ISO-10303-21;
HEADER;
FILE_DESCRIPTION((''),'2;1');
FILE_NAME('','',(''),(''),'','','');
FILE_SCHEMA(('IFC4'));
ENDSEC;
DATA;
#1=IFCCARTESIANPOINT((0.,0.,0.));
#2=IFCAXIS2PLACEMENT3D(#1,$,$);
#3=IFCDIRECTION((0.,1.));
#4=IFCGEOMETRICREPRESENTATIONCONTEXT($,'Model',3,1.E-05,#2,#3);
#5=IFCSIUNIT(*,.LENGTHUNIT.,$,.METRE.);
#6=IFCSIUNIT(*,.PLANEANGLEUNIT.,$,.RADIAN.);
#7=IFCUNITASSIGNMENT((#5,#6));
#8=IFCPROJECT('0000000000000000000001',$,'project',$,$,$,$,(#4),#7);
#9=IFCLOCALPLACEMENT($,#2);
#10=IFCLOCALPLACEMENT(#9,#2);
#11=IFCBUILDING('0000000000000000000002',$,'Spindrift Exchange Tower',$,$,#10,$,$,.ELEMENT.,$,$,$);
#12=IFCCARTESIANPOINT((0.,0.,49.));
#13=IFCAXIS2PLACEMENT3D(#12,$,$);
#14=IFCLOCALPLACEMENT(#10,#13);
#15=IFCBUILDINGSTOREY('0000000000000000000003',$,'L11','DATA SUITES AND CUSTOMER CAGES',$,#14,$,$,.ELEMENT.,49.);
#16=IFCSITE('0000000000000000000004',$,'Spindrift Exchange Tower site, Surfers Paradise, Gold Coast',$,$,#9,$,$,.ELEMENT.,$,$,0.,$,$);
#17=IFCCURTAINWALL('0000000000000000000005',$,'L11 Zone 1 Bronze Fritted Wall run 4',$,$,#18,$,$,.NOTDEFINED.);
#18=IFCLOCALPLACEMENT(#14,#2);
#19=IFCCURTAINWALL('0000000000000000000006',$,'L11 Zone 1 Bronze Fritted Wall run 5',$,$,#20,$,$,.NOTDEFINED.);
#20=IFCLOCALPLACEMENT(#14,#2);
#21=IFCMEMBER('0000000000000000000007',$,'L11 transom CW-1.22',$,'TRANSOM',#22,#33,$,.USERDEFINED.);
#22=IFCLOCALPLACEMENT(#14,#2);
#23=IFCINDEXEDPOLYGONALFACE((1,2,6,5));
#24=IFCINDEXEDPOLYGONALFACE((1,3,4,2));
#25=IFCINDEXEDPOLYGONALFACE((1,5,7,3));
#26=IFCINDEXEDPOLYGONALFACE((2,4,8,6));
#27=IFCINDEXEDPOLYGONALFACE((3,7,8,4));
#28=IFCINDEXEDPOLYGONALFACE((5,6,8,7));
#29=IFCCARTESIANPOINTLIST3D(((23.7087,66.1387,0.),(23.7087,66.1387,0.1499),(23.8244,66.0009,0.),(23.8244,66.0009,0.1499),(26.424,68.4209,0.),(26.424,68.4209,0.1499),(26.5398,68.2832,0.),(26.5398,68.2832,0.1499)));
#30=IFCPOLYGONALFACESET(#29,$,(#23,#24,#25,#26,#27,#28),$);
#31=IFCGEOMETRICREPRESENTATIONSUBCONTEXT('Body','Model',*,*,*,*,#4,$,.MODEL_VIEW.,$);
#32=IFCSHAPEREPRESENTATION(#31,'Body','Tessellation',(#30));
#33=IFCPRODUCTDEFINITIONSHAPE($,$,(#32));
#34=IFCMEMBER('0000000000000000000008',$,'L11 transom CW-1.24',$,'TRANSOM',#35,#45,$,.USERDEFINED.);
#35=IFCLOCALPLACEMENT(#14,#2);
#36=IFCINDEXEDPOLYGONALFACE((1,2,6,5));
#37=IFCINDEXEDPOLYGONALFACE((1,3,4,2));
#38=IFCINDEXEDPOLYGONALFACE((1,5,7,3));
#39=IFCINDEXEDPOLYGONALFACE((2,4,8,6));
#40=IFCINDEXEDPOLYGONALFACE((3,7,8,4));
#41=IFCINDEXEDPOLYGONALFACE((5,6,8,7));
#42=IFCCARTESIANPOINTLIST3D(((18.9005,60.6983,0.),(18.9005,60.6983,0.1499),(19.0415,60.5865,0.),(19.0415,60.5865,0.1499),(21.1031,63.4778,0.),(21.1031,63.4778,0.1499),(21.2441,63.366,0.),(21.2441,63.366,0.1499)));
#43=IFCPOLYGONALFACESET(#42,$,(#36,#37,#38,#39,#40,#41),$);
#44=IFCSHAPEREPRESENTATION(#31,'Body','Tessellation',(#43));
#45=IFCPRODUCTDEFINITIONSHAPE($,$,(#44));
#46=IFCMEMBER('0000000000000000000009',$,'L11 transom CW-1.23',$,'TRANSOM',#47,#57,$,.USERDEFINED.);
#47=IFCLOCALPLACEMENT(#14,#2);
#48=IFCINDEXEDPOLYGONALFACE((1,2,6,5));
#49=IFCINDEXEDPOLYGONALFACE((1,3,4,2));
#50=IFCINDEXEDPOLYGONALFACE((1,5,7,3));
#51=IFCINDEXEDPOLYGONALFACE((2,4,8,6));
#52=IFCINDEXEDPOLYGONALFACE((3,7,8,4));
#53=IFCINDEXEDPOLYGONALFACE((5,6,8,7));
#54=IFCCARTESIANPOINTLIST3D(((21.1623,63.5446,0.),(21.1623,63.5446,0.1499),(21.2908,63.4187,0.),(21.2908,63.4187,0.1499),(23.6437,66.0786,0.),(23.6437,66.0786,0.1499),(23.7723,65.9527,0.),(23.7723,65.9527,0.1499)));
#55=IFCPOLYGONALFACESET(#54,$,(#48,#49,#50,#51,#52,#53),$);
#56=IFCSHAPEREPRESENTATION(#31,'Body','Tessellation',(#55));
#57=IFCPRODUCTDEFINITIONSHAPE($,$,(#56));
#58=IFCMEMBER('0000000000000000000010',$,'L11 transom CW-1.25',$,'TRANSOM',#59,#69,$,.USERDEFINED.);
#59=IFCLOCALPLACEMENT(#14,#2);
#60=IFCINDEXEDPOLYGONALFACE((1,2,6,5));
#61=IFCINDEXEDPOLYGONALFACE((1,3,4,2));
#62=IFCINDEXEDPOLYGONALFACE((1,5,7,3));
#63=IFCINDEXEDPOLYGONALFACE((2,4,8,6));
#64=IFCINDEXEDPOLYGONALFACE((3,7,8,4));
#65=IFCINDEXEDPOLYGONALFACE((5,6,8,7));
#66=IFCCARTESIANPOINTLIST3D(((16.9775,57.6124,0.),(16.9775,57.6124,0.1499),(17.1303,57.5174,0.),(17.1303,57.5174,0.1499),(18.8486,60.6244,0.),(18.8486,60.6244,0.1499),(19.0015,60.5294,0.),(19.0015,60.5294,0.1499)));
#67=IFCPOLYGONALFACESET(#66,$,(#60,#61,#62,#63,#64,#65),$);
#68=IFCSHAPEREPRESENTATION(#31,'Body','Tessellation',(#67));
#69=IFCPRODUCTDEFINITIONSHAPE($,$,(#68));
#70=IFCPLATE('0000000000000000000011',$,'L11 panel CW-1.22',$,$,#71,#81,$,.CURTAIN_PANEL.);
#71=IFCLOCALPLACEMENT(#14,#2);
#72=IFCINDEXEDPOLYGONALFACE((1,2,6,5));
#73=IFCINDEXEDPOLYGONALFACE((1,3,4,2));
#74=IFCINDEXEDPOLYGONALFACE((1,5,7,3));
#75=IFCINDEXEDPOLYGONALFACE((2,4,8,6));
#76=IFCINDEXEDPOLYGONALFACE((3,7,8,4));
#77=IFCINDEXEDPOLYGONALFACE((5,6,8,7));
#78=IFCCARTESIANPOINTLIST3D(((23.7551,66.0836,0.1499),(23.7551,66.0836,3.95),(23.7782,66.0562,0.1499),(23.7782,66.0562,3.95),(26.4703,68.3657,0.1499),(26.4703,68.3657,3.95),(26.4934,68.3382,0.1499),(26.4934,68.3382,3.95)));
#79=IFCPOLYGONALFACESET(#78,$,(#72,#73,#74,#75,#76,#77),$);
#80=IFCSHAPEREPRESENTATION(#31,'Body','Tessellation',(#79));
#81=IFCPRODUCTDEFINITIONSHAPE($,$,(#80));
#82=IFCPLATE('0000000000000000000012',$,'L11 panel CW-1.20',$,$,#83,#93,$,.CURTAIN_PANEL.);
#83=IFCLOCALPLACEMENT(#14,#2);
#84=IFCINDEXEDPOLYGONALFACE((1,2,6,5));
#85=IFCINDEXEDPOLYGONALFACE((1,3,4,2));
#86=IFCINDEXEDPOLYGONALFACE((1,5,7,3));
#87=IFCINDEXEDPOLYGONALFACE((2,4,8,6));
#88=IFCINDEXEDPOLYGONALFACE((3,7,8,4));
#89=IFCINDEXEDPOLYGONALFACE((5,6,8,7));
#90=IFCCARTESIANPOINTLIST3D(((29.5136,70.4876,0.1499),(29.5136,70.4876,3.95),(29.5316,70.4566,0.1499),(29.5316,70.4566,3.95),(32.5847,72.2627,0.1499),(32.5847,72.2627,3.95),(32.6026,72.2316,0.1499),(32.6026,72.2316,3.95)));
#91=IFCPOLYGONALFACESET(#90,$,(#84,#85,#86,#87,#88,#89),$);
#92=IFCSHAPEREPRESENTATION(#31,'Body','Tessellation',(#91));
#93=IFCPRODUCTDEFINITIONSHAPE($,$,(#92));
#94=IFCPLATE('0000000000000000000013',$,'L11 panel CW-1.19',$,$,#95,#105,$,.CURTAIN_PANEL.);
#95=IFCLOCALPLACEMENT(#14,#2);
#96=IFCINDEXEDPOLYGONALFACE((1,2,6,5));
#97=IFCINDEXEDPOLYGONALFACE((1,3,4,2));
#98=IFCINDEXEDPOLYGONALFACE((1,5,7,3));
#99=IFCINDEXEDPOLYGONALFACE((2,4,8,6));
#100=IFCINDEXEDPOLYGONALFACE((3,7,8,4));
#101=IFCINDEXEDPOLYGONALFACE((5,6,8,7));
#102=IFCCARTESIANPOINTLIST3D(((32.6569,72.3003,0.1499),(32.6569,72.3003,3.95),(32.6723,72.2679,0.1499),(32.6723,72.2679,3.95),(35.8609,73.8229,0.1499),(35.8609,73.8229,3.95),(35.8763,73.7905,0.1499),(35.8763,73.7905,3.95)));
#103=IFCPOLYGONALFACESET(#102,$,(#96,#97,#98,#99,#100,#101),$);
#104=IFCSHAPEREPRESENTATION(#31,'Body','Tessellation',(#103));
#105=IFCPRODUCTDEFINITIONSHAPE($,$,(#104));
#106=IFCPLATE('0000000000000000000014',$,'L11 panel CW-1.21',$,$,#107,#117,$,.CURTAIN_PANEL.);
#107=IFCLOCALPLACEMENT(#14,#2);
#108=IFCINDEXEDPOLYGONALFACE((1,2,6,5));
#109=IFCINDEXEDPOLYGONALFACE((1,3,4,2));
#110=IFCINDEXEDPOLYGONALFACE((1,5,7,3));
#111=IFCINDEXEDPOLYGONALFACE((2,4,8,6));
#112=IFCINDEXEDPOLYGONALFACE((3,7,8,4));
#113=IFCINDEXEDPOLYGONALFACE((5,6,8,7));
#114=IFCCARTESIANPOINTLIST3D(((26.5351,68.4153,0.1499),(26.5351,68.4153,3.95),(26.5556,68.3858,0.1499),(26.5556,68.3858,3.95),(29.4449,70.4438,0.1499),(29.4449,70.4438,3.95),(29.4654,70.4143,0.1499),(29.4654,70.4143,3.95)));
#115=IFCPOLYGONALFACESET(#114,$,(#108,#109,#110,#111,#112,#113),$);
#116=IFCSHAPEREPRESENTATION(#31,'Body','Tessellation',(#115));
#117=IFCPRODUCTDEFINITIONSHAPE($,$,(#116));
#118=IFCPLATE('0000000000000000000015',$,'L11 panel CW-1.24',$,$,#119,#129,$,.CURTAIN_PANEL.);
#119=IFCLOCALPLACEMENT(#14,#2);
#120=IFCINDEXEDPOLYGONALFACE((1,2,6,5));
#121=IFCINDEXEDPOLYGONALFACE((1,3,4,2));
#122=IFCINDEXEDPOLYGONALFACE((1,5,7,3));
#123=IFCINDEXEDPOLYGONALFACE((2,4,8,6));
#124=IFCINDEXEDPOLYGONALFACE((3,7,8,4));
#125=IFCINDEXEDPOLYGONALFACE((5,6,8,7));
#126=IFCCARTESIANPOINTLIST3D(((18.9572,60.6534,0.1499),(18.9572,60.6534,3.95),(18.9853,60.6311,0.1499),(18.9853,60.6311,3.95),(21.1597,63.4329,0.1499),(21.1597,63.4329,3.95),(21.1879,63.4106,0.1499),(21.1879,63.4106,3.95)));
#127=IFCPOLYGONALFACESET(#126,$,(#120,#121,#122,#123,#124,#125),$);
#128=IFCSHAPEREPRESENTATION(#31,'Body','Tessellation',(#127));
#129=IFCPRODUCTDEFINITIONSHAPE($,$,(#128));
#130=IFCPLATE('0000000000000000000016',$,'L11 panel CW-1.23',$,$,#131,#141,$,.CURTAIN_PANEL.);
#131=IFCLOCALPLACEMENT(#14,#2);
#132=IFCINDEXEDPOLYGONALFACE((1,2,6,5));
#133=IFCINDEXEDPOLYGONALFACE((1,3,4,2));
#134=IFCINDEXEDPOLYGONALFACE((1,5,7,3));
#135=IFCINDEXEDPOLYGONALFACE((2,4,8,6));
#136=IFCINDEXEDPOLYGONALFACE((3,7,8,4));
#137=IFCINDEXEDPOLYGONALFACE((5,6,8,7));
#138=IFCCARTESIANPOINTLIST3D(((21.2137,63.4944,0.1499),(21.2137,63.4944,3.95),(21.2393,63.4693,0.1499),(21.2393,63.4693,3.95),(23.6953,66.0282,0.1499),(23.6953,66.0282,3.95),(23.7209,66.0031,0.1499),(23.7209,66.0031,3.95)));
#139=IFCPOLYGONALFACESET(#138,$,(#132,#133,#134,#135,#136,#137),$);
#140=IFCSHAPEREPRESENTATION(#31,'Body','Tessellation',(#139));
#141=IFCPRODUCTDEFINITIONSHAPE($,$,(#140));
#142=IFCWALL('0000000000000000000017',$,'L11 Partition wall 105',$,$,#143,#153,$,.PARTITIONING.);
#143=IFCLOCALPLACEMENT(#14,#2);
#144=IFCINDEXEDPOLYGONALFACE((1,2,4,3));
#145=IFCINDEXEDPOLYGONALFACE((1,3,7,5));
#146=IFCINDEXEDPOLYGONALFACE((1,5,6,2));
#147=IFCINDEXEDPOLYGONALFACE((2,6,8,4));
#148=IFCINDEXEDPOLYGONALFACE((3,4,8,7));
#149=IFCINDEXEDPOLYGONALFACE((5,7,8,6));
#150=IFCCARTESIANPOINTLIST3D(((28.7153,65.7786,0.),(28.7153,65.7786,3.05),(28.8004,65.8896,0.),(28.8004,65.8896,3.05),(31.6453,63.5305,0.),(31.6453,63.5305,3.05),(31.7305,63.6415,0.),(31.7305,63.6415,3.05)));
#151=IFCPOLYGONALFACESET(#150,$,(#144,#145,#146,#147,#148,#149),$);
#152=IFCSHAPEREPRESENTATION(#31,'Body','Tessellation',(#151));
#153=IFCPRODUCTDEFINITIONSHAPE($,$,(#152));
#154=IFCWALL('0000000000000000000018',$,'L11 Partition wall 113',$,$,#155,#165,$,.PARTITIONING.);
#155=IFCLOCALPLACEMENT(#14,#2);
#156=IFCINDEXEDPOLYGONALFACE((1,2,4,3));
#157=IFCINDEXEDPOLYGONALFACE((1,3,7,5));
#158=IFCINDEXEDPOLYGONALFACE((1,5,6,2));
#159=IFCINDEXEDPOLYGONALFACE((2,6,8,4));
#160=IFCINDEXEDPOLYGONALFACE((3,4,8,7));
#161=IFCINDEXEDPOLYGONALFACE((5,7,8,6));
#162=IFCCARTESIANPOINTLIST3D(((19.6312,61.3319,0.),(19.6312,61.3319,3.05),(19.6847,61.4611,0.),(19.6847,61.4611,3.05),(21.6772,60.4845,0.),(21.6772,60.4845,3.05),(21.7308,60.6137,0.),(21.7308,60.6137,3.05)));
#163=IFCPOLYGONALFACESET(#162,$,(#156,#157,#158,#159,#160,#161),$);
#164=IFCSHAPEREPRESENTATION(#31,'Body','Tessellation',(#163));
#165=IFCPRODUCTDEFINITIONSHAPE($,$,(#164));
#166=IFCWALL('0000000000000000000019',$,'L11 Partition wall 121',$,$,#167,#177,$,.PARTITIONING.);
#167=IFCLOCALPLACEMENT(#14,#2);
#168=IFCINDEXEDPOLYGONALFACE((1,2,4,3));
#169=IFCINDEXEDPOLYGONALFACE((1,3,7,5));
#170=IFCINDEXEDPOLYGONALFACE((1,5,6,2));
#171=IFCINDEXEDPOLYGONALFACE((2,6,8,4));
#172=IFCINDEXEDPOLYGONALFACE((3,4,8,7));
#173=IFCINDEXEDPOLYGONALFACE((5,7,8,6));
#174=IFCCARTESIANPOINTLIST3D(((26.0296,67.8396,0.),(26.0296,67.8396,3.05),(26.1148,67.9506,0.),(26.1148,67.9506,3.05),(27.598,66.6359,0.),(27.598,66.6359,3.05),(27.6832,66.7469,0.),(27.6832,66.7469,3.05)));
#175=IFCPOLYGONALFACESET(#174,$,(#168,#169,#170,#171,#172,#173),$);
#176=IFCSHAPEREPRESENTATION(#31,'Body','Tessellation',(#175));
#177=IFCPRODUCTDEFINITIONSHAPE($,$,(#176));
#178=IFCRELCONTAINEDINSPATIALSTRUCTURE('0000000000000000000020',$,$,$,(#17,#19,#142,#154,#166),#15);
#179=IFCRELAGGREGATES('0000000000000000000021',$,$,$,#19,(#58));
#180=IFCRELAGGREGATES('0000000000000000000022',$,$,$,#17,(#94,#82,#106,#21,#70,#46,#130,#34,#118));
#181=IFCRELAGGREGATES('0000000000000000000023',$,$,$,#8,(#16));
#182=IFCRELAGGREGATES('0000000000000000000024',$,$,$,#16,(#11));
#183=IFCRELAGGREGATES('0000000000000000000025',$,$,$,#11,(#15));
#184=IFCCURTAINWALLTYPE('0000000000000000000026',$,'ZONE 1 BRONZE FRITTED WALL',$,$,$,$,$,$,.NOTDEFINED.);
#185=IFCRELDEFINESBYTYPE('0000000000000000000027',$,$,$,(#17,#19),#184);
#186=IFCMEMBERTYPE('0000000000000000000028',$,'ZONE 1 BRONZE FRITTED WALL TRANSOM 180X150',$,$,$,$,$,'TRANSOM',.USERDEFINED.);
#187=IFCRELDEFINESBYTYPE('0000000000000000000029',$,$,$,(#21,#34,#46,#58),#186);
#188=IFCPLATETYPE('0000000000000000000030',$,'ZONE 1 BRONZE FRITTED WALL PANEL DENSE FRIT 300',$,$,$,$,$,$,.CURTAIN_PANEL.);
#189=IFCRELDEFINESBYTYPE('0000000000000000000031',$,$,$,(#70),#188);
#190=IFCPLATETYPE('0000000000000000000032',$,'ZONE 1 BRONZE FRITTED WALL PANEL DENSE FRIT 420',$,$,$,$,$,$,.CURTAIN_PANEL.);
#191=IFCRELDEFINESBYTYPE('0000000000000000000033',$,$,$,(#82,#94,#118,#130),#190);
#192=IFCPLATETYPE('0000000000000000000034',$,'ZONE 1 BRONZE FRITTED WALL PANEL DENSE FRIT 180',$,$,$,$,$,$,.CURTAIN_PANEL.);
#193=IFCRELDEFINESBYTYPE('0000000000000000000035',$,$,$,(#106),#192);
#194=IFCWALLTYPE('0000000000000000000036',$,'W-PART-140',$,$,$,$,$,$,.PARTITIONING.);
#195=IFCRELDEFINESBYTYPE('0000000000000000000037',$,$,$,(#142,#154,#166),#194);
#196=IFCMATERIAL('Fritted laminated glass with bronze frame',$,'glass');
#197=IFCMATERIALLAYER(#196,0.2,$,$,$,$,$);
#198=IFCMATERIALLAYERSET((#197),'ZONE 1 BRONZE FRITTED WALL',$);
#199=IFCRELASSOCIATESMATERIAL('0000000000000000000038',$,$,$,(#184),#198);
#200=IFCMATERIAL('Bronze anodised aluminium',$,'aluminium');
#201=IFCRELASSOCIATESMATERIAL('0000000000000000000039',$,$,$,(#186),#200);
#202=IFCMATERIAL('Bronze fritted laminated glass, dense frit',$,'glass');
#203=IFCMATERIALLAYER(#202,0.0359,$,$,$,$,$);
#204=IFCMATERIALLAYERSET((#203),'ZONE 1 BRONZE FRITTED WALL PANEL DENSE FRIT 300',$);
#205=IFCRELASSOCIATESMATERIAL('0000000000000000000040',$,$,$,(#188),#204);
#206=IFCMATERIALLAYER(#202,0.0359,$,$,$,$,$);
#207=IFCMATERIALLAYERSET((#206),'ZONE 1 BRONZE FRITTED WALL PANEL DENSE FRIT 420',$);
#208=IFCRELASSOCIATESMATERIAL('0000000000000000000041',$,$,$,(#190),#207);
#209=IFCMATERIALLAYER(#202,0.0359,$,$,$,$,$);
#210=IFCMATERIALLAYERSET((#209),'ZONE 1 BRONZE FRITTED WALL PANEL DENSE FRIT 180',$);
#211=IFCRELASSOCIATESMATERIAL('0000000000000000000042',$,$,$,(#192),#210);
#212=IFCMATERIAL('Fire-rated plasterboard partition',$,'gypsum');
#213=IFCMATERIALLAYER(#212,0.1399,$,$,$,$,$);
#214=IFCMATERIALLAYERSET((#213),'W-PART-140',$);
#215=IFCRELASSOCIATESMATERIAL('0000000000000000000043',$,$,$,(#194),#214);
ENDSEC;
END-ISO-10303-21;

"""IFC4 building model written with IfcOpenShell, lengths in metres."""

from ifc_helpers import new_model, si_unit, direction, frame, frame_2d, origin, origin_2d, place, context, subcontext, project, spatial, rectangle, extrude, source, transform, mapped, material, layer, layer_set, material_profile, profile_set, type_object, element, aggregate, save


model = new_model("IFC4")

# Units and contexts
model_context = context("Model", 3, precision=1e-05, world=origin(), true_north=direction((0.0, 1.0)))
body_context = subcontext(model_context, "Body", "Model", "MODEL_VIEW")
ifc_project = project(units=[si_unit("LENGTHUNIT", "METRE"), si_unit("PLANEANGLEUNIT", "RADIAN")], contexts=[model_context])

# Site, building, storey
site_placement = place(None, origin())
site = spatial("IfcSite", under=ifc_project, at=site_placement, Name="Spindrift Exchange Tower site, Surfers Paradise, Gold Coast", CompositionType="ELEMENT", RefElevation=0.0)
building_placement = place(site_placement, origin())
building = spatial("IfcBuilding", under=site, at=building_placement, Name="Spindrift Exchange Tower", CompositionType="ELEMENT")
storey_placement = place(building_placement, frame((0.0, 0.0, 49.0)))
storey = spatial("IfcBuildingStorey", under=building, at=storey_placement, Name="L11", Description="DATA SUITES AND CUSTOMER CAGES", CompositionType="ELEMENT", Elevation=49.0)

# Curtain wall
ifc_material_1 = material(Name="Fritted laminated glass with bronze frame", Category="glass")
ifc_layer_1 = layer(ifc_material_1, 0.2)
ifc_layer_set_1 = layer_set([ifc_layer_1], Name="ZONE 1 BRONZE FRITTED WALL")
curtain_wall_type = type_object("IfcCurtainWallType", Name="ZONE 1 BRONZE FRITTED WALL", PredefinedType="NOTDEFINED", material=ifc_layer_set_1)
curtain_wall_1_placement = place(storey_placement, origin())
curtain_wall_1 = element("IfcCurtainWall", 1, at=curtain_wall_1_placement, inside=storey, type_object=curtain_wall_type, Name="L11 Zone 1 Bronze Fritted Wall run 4", PredefinedType="NOTDEFINED")
ifc_material_2 = material(Name="Bronze anodised aluminium", Category="aluminium")

# Curtain wall
curtain_wall_2_placement = place(storey_placement, origin())
curtain_wall_2 = element("IfcCurtainWall", 2, at=curtain_wall_2_placement, inside=storey, type_object=curtain_wall_type, Name="L11 Zone 1 Bronze Fritted Wall run 5", PredefinedType="NOTDEFINED")

# Members
ifc_material_profile_1 = material_profile(ifc_material_2, rectangle(XDim=0.1799, YDim=0.1499, at=origin_2d()), Name="ZONE 1 BRONZE FRITTED WALL TRANSOM 180X150")
ifc_profile_set_1 = profile_set([ifc_material_profile_1], Name="Bronze anodised aluminium")
member_type_1 = type_object("IfcMemberType", Name="ZONE 1 BRONZE FRITTED WALL TRANSOM 180X150", ElementType="TRANSOM", PredefinedType="USERDEFINED", material=ifc_profile_set_1)
shared_shape_1 = source(origin(), body_context, "Body", "SweptSolid", [
    extrude(rectangle(XDim=0.1799, YDim=0.1499, at=origin_2d()), origin(), (0.0, 0.0, 1.0), 3.5471),
])
member_1_placement = place(storey_placement, frame((26.4819, 68.3521, 0.075), z_axis=(-0.765518, -0.643415, 0.0), x_axis=(0.643415, -0.765518, 0.0)))
member_1 = element("IfcMember", 3, at=member_1_placement, type_object=member_type_1, Name="L11 transom CW-1.22", ObjectType="TRANSOM", PredefinedType="USERDEFINED", context=body_context, shape_type="MappedRepresentation", body=[
    mapped(shared_shape_1, transform((0.0, 0.0, 0.0), scale=1.0)),
])
shared_shape_2 = source(origin(), body_context, "Body", "SweptSolid", [
    extrude(rectangle(XDim=0.1799, YDim=0.1499, at=origin_2d()), origin(), (0.0, 0.0, 1.0), 3.5464),
])
member_2_placement = place(storey_placement, frame((21.1736, 63.4219, 0.075), z_axis=(-0.621078, -0.783748, 0.0), x_axis=(0.783748, -0.621078, 0.0)))
member_2 = element("IfcMember", 4, at=member_2_placement, type_object=member_type_1, Name="L11 transom CW-1.24", ObjectType="TRANSOM", PredefinedType="USERDEFINED", context=body_context, shape_type="MappedRepresentation", body=[
    mapped(shared_shape_2, transform((0.0, 0.0, 0.0), scale=1.0)),
])
shared_shape_3 = source(origin(), body_context, "Body", "SweptSolid", [
    extrude(rectangle(XDim=0.1799, YDim=0.1499, at=origin_2d()), origin(), (0.0, 0.0, 1.0), 3.5466),
])
member_3_placement = place(storey_placement, frame((23.708, 66.0156, 0.075), z_axis=(-0.699668, -0.714468, 0.0), x_axis=(0.714468, -0.699668, 0.0)))
member_3 = element("IfcMember", 5, at=member_3_placement, type_object=member_type_1, Name="L11 transom CW-1.23", ObjectType="TRANSOM", PredefinedType="USERDEFINED", context=body_context, shape_type="MappedRepresentation", body=[
    mapped(shared_shape_3, transform((0.0, 0.0, 0.0), scale=1.0)),
])
shared_shape_4 = source(origin(), body_context, "Body", "SweptSolid", [
    extrude(rectangle(XDim=0.1799, YDim=0.1499, at=origin_2d()), origin(), (0.0, 0.0, 1.0), 3.5459),
])
member_4_placement = place(storey_placement, frame((18.925, 60.5769, 0.075), z_axis=(-0.527688, -0.849438, 0.0), x_axis=(0.849438, -0.527688, 0.0)))
member_4 = element("IfcMember", 6, at=member_4_placement, type_object=member_type_1, Name="L11 transom CW-1.25", ObjectType="TRANSOM", PredefinedType="USERDEFINED", context=body_context, shape_type="MappedRepresentation", body=[
    mapped(shared_shape_4, transform((0.0, 0.0, 0.0), scale=1.0)),
])
aggregate(curtain_wall_2, [member_4])

# Plates
ifc_material_3 = material(Name="Bronze fritted laminated glass, dense frit", Category="glass")
ifc_layer_2 = layer(ifc_material_3, 0.0359)
ifc_layer_set_2 = layer_set([ifc_layer_2], Name="ZONE 1 BRONZE FRITTED WALL PANEL DENSE FRIT 300")
plate_type_1 = type_object("IfcPlateType", Name="ZONE 1 BRONZE FRITTED WALL PANEL DENSE FRIT 300", PredefinedType="CURTAIN_PANEL", material=ifc_layer_set_2)
shared_shape_5 = source(origin(), body_context, "Body", "SweptSolid", [
    extrude(rectangle(XDim=3.5469, YDim=0.0359, at=origin_2d()), origin(), (0.0, 0.0, 1.0), 3.8),
])
plate_1_placement = place(storey_placement, frame((25.1243, 67.2109, 0.1499), z_axis=(0.0, 0.0, 1.0), x_axis=(-0.765523, -0.643409, 0.0)))
plate_1 = element("IfcPlate", 7, at=plate_1_placement, type_object=plate_type_1, Name="L11 panel CW-1.22", PredefinedType="CURTAIN_PANEL", context=body_context, shape_type="MappedRepresentation", body=[
    mapped(shared_shape_5, transform((0.0, 0.0, 0.0), scale=1.0)),
])
ifc_layer_3 = layer(ifc_material_3, 0.0359)
ifc_layer_set_3 = layer_set([ifc_layer_3], Name="ZONE 1 BRONZE FRITTED WALL PANEL DENSE FRIT 420")
plate_type_2 = type_object("IfcPlateType", Name="ZONE 1 BRONZE FRITTED WALL PANEL DENSE FRIT 420", PredefinedType="CURTAIN_PANEL", material=ifc_layer_set_3)
shared_shape_6 = source(origin(), body_context, "Body", "SweptSolid", [
    extrude(rectangle(XDim=3.5471, YDim=0.0359, at=origin_2d()), origin(), (0.0, 0.0, 1.0), 3.8),
])
plate_2_placement = place(storey_placement, frame((31.0581, 71.3596, 0.1499), z_axis=(0.0, 0.0, 1.0), x_axis=(-0.865788, -0.500411, 0.0)))
plate_2 = element("IfcPlate", 8, at=plate_2_placement, type_object=plate_type_2, Name="L11 panel CW-1.20", PredefinedType="CURTAIN_PANEL", context=body_context, shape_type="MappedRepresentation", body=[
    mapped(shared_shape_6, transform((0.0, 0.0, 0.0), scale=1.0)),
])
shared_shape_7 = source(origin(), body_context, "Body", "SweptSolid", [
    extrude(rectangle(XDim=3.5474, YDim=0.0359, at=origin_2d()), origin(), (0.0, 0.0, 1.0), 3.8),
])
plate_3_placement = place(storey_placement, frame((34.2666, 73.0454, 0.1499), z_axis=(0.0, 0.0, 1.0), x_axis=(-0.903202, -0.429216, 0.0)))
plate_3 = element("IfcPlate", 9, at=plate_3_placement, type_object=plate_type_2, Name="L11 panel CW-1.19", PredefinedType="CURTAIN_PANEL", context=body_context, shape_type="MappedRepresentation", body=[
    mapped(shared_shape_7, transform((0.0, 0.0, 0.0), scale=1.0)),
])
ifc_layer_4 = layer(ifc_material_3, 0.0359)
ifc_layer_set_4 = layer_set([ifc_layer_4], Name="ZONE 1 BRONZE FRITTED WALL PANEL DENSE FRIT 180")
plate_type_3 = type_object("IfcPlateType", Name="ZONE 1 BRONZE FRITTED WALL PANEL DENSE FRIT 180", PredefinedType="CURTAIN_PANEL", material=ifc_layer_set_4)
shared_shape_8 = source(origin(), body_context, "Body", "SweptSolid", [
    extrude(rectangle(XDim=3.5471, YDim=0.0359, at=origin_2d()), origin(), (0.0, 0.0, 1.0), 3.8),
])
plate_4_placement = place(storey_placement, frame((28.0002, 69.4148, 0.1499), z_axis=(0.0, 0.0, 1.0), x_axis=(-0.820342, -0.571874, 0.0)))
plate_4 = element("IfcPlate", 10, at=plate_4_placement, type_object=plate_type_3, Name="L11 panel CW-1.21", PredefinedType="CURTAIN_PANEL", context=body_context, shape_type="MappedRepresentation", body=[
    mapped(shared_shape_8, transform((0.0, 0.0, 0.0), scale=1.0)),
])
shared_shape_9 = source(origin(), body_context, "Body", "SweptSolid", [
    extrude(rectangle(XDim=3.5464, YDim=0.0359, at=origin_2d()), origin(), (0.0, 0.0, 1.0), 3.8),
])
plate_5_placement = place(storey_placement, frame((20.0725, 62.032, 0.1499), z_axis=(0.0, 0.0, 1.0), x_axis=(-0.621079, -0.783748, 0.0)))
plate_5 = element("IfcPlate", 11, at=plate_5_placement, type_object=plate_type_2, Name="L11 panel CW-1.24", PredefinedType="CURTAIN_PANEL", context=body_context, shape_type="MappedRepresentation", body=[
    mapped(shared_shape_9, transform((0.0, 0.0, 0.0), scale=1.0)),
])
shared_shape_10 = source(origin(), body_context, "Body", "SweptSolid", [
    extrude(rectangle(XDim=3.5466, YDim=0.0359, at=origin_2d()), origin(), (0.0, 0.0, 1.0), 3.8),
])
plate_6_placement = place(storey_placement, frame((22.4673, 64.7488, 0.1499), z_axis=(0.0, 0.0, 1.0), x_axis=(-0.699706, -0.714431, 0.0)))
plate_6 = element("IfcPlate", 12, at=plate_6_placement, type_object=plate_type_2, Name="L11 panel CW-1.23", PredefinedType="CURTAIN_PANEL", context=body_context, shape_type="MappedRepresentation", body=[
    mapped(shared_shape_10, transform((0.0, 0.0, 0.0), scale=1.0)),
])
aggregate(curtain_wall_1, [plate_3, plate_2, plate_4, member_1, plate_1, member_3, plate_6, member_2, plate_5])

# Walls
ifc_material_4 = material(Name="Fire-rated plasterboard partition", Category="gypsum")
ifc_layer_5 = layer(ifc_material_4, 0.1399)
ifc_layer_set_5 = layer_set([ifc_layer_5], Name="W-PART-140")
wall_type = type_object("IfcWallType", Name="W-PART-140", PredefinedType="PARTITIONING", material=ifc_layer_set_5)
wall_1_placement = place(storey_placement, frame((31.688, 63.5859, 0.0), z_axis=(0.0, 0.0, 1.0), x_axis=(-0.793375, 0.608733, 0.0)))
element("IfcWall", 13, at=wall_1_placement, inside=storey, type_object=wall_type, Name="L11 Partition wall 105", PredefinedType="PARTITIONING", context=body_context, shape_type="SweptSolid", body=[
    extrude(rectangle(XDim=3.6931, YDim=0.1399, at=frame_2d((1.8467, 0.0))), origin(), (0.0, 0.0, 1.0), 3.05),
])
wall_2_placement = place(storey_placement, frame((21.7041, 60.5491, 0.0), z_axis=(0.0, 0.0, 1.0), x_axis=(-0.9239, 0.382634, 0.0)))
element("IfcWall", 14, at=wall_2_placement, inside=storey, type_object=wall_type, Name="L11 Partition wall 113", PredefinedType="PARTITIONING", context=body_context, shape_type="SweptSolid", body=[
    extrude(rectangle(XDim=2.2146, YDim=0.1399, at=frame_2d((1.1074, 0.0))), origin(), (0.0, 0.0, 1.0), 3.05),
])
wall_3_placement = place(storey_placement, frame((27.6406, 66.6914, 0.0), z_axis=(0.0, 0.0, 1.0), x_axis=(-0.793312, 0.608815, 0.0)))
element("IfcWall", 15, at=wall_3_placement, inside=storey, type_object=wall_type, Name="L11 Partition wall 121", PredefinedType="PARTITIONING", context=body_context, shape_type="SweptSolid", body=[
    extrude(rectangle(XDim=1.9771, YDim=0.1399, at=frame_2d((0.9885, 0.0))), origin(), (0.0, 0.0, 1.0), 3.05),
])

save(model, "model.ifc")
